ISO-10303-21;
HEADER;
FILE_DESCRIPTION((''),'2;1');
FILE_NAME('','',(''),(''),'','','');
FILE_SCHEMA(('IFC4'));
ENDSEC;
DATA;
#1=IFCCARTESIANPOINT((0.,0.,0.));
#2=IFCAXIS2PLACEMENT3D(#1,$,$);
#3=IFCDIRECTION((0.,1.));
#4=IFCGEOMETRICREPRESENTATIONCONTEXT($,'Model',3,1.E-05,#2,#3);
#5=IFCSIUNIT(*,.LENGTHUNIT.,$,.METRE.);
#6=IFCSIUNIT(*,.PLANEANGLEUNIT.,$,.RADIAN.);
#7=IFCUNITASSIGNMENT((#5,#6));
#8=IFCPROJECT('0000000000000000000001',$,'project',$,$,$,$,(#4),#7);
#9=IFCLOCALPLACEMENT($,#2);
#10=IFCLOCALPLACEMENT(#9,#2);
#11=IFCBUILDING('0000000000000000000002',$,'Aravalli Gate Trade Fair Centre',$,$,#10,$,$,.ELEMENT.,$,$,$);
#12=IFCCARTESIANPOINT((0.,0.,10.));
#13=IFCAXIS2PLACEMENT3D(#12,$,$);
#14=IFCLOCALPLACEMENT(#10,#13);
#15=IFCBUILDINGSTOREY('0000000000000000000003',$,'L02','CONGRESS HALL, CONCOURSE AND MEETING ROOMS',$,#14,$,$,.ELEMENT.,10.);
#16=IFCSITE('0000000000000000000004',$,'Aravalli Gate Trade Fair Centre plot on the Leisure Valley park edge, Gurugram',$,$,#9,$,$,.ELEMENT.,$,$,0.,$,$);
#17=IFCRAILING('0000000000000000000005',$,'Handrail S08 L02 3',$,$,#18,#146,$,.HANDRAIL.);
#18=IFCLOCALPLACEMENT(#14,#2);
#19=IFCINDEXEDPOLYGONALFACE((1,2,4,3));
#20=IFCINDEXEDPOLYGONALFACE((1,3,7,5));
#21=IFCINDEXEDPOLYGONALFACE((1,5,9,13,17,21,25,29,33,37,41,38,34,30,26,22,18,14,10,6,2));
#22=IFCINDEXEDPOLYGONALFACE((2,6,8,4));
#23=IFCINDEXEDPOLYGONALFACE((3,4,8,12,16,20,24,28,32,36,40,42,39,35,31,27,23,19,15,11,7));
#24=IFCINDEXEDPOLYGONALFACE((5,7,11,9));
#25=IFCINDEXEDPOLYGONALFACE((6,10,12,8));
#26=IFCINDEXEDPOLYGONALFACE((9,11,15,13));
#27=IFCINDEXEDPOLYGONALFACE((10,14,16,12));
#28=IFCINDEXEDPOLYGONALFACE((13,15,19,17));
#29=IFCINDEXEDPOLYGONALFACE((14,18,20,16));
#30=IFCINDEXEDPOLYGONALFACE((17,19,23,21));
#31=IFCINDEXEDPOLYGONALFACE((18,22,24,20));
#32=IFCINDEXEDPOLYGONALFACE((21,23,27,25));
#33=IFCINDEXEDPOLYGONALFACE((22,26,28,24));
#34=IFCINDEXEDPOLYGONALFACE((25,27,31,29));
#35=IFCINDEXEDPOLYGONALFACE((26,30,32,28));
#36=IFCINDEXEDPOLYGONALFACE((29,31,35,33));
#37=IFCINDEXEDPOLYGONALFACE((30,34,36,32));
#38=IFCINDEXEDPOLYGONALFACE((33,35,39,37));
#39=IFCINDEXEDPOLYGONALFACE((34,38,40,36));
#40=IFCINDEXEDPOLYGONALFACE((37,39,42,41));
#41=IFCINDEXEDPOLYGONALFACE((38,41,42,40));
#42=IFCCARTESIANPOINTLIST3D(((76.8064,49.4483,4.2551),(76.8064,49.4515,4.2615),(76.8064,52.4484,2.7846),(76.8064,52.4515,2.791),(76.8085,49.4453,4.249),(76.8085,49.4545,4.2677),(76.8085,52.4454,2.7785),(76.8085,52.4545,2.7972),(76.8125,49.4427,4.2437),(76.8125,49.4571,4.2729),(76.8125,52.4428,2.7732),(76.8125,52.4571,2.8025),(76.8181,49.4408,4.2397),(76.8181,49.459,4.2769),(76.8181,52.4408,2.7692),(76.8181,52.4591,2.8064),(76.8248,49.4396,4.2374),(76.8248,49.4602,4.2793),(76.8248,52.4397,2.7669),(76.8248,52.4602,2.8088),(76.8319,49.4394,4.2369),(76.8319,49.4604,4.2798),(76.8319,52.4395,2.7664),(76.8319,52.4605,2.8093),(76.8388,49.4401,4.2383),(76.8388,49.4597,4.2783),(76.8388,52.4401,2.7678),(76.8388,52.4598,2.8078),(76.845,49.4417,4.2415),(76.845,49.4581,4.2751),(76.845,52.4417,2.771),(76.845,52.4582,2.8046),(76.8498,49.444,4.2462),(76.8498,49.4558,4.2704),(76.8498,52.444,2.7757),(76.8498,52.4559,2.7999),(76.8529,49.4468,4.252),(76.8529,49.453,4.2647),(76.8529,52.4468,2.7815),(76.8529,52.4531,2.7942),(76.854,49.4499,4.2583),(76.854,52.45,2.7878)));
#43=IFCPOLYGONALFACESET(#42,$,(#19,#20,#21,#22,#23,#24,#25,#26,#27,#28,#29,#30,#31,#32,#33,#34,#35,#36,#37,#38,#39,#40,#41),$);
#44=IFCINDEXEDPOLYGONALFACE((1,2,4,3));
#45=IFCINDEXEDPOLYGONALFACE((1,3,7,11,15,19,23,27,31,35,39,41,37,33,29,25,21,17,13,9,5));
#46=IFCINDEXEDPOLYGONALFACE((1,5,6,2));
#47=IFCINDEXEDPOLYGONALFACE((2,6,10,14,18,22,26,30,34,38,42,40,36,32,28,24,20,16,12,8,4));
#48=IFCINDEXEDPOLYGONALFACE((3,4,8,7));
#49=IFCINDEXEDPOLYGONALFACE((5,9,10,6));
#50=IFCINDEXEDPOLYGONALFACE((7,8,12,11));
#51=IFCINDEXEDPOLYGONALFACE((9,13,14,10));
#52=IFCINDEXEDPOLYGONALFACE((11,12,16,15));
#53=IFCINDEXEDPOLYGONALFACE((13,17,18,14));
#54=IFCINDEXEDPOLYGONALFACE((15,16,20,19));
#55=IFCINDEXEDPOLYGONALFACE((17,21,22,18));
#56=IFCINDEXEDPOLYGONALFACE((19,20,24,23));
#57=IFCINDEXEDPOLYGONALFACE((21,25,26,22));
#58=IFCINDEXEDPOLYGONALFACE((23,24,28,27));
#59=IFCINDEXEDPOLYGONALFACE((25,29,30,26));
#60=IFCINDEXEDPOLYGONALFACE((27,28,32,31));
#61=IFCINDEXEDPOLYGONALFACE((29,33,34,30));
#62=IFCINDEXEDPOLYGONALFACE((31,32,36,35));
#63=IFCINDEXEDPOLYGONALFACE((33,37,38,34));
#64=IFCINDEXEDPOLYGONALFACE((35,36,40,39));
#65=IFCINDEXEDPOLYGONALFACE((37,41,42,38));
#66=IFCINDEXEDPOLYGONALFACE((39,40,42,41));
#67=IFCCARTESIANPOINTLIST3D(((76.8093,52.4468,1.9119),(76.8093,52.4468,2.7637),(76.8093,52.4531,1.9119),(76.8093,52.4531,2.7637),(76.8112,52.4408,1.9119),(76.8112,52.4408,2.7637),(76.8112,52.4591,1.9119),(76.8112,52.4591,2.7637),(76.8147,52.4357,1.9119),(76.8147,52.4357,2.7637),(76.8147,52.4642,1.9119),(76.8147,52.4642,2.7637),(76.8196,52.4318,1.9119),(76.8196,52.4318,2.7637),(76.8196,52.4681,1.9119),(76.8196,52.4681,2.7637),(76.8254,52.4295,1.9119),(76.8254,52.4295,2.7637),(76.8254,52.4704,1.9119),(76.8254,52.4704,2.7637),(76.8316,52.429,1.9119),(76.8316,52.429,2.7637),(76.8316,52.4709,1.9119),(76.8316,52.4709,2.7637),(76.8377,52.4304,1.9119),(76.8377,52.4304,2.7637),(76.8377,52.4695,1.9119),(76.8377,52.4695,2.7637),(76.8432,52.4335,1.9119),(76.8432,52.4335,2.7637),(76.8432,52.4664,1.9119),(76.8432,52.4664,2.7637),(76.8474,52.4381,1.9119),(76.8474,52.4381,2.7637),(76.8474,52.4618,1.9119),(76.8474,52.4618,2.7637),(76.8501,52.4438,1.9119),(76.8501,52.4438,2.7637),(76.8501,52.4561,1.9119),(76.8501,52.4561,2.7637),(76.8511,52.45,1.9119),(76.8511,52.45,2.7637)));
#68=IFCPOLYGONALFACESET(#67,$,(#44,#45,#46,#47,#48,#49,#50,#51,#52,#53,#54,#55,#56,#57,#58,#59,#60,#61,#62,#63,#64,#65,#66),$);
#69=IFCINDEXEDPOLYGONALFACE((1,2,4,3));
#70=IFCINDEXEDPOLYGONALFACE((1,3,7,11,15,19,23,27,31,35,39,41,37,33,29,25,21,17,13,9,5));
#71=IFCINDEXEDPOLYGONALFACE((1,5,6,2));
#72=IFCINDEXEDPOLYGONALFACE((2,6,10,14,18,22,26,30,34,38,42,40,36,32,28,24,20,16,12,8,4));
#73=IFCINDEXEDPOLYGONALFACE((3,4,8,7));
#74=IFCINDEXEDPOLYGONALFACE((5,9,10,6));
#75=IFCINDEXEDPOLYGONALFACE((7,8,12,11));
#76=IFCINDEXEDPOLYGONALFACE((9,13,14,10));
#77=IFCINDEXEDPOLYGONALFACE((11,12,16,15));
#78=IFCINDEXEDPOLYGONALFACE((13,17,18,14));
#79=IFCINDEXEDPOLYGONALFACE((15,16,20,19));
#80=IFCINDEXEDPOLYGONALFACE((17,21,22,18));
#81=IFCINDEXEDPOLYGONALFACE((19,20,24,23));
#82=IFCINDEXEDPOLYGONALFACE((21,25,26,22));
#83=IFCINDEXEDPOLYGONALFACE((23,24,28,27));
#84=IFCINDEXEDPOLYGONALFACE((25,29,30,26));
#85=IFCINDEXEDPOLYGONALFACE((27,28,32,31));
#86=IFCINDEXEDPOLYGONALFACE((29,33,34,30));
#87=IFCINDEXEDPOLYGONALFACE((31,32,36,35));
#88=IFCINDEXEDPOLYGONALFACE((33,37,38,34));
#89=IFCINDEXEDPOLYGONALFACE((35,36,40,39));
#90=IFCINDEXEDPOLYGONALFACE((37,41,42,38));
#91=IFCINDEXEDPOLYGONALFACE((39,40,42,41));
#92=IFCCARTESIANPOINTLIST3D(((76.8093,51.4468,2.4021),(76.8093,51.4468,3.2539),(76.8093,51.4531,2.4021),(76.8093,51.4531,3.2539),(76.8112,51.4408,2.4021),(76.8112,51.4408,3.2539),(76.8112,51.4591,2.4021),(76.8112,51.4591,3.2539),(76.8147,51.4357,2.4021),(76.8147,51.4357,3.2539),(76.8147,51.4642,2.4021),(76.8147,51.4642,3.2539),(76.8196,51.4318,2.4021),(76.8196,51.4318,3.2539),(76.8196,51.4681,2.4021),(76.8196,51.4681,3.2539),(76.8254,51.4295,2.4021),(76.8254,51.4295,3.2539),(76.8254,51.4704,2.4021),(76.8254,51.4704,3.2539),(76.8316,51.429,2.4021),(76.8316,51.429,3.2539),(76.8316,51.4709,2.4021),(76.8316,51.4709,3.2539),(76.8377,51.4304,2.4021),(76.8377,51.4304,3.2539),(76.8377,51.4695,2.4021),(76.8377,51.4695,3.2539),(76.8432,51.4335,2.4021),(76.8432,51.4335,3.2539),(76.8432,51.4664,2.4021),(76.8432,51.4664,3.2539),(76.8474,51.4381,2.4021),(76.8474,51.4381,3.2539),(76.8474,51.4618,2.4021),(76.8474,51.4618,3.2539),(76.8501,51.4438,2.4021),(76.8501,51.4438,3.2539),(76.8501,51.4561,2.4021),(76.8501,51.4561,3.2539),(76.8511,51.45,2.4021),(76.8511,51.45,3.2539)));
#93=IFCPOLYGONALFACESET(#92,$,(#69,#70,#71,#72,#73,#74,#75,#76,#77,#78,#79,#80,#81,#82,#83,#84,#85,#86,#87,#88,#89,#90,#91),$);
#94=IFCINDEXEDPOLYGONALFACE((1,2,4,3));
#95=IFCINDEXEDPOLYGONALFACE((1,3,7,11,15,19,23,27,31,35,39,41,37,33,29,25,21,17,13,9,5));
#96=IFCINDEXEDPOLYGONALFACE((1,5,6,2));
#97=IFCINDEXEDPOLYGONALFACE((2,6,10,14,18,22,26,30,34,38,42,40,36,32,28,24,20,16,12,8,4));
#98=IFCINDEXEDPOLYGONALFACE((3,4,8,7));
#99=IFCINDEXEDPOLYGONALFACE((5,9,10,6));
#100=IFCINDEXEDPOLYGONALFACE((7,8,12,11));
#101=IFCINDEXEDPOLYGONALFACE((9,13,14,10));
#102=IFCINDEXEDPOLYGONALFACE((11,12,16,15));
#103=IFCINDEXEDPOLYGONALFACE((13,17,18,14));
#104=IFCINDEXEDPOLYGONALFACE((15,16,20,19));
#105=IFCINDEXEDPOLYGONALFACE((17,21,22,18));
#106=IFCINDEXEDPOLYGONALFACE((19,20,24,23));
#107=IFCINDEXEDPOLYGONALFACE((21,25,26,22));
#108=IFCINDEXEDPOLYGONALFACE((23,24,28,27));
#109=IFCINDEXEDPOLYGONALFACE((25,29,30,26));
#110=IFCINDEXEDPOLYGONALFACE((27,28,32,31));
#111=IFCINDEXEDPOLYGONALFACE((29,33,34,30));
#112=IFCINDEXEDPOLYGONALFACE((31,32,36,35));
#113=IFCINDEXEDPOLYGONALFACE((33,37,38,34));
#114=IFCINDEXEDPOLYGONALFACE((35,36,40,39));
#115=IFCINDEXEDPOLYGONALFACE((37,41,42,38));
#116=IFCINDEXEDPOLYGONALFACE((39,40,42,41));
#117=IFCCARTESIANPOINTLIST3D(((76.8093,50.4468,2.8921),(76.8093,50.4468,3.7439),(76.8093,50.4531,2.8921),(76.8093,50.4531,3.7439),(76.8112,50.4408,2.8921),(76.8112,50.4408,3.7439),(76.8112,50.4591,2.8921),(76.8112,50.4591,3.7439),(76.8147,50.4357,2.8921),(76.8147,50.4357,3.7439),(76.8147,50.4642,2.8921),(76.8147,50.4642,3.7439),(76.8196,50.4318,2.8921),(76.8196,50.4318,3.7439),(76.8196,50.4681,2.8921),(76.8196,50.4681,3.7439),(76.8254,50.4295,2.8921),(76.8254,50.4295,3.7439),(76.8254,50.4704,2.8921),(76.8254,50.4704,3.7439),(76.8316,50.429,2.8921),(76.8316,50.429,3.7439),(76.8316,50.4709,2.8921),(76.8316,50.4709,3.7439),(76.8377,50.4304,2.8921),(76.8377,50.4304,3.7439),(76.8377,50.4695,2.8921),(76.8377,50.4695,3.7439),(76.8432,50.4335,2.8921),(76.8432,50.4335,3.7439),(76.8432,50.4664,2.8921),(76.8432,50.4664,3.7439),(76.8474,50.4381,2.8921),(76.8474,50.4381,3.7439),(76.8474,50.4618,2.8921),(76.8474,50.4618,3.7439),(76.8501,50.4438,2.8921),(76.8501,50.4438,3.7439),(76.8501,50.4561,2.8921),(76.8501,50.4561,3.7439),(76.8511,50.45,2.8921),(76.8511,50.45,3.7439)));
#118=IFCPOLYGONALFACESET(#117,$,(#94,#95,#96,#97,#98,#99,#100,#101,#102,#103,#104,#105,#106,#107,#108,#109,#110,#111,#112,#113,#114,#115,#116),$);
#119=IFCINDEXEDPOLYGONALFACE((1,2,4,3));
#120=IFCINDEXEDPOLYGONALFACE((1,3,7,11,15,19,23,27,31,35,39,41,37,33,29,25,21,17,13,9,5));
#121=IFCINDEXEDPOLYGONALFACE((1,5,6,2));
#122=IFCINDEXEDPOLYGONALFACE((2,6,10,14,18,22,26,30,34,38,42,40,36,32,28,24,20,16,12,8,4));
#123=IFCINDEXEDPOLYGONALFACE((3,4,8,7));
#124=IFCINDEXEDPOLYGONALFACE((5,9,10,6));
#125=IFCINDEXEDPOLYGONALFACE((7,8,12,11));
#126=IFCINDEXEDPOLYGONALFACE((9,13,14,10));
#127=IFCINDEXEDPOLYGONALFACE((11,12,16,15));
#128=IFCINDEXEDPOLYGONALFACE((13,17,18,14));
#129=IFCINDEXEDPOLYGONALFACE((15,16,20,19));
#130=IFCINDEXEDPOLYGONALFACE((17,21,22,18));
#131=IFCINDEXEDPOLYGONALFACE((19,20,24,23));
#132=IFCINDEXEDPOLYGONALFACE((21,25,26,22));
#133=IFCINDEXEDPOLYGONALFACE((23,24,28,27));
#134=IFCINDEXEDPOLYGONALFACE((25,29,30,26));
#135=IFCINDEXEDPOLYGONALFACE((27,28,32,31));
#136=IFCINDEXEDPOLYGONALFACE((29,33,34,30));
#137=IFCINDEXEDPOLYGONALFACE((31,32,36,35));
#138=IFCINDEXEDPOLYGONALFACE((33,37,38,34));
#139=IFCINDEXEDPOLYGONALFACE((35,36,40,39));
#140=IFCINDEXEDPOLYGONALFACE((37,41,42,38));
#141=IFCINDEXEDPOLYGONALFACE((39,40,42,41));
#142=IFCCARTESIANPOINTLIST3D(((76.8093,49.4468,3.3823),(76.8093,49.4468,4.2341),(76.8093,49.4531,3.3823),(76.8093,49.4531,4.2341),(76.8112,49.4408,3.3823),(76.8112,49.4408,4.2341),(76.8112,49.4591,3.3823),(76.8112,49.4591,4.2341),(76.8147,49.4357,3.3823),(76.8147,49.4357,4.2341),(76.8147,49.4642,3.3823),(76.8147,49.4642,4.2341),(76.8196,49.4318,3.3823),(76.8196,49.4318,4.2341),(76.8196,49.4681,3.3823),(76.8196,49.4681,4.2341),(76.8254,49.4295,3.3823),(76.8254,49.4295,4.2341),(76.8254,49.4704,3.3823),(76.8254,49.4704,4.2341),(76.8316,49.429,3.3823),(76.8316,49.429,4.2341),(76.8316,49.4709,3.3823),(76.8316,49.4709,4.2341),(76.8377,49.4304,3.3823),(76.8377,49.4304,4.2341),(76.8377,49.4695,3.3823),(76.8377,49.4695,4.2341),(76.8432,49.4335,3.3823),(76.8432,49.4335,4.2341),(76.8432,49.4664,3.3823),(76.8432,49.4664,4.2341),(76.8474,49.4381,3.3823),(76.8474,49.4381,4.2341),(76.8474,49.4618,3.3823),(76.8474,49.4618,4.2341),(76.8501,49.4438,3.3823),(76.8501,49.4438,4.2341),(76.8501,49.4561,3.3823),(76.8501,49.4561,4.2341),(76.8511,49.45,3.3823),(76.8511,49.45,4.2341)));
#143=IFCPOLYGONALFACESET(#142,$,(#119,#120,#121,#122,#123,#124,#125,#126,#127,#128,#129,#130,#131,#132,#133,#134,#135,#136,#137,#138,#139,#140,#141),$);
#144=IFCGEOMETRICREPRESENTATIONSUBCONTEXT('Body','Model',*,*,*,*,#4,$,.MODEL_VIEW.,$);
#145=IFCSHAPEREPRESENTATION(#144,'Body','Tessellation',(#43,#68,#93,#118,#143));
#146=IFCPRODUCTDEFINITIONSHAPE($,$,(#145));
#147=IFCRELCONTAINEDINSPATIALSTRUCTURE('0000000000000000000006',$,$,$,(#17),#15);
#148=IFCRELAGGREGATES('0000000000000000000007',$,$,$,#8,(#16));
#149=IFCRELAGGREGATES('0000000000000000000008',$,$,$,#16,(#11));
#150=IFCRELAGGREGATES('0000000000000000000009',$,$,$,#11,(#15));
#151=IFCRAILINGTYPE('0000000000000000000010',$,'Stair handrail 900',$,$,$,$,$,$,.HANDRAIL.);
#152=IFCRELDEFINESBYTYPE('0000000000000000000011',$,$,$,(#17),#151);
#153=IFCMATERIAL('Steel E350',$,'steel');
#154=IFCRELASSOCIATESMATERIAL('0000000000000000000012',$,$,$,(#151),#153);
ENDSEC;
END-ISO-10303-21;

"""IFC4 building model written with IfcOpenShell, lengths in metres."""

from ifc_helpers import new_model, si_unit, direction, frame, origin, origin_2d, place, context, subcontext, project, spatial, circle, extrude, material, type_object, element, save


model = new_model("IFC4")

# Units and contexts
model_context = context("Model", 3, precision=1e-05, world=origin(), true_north=direction((0.0, 1.0)))
body_context = subcontext(model_context, "Body", "Model", "MODEL_VIEW")
ifc_project = project(units=[si_unit("LENGTHUNIT", "METRE"), si_unit("PLANEANGLEUNIT", "RADIAN")], contexts=[model_context])

# Site, building, storey
site_placement = place(None, origin())
site = spatial("IfcSite", under=ifc_project, at=site_placement, Name="Aravalli Gate Trade Fair Centre plot on the Leisure Valley park edge, Gurugram", CompositionType="ELEMENT", RefElevation=0.0)
building_placement = place(site_placement, origin())
building = spatial("IfcBuilding", under=site, at=building_placement, Name="Aravalli Gate Trade Fair Centre", CompositionType="ELEMENT")
storey_placement = place(building_placement, frame((0.0, 0.0, 10.0)))
storey = spatial("IfcBuildingStorey", under=building, at=storey_placement, Name="L02", Description="CONGRESS HALL, CONCOURSE AND MEETING ROOMS", CompositionType="ELEMENT", Elevation=10.0)

# Shared definitions
ifc_material_1 = material(Name="Steel E350", Category="steel")

# Railing
railing_type_1 = type_object("IfcRailingType", Name="Stair handrail 900", PredefinedType="HANDRAIL", material=ifc_material_1)
for number, where, name in (
    (1, (76.8301, 52.45, 1.9119), "Handrail S08 L02 3"),
):
    element("IfcRailing", number, at=place(storey_placement, frame(where)), inside=storey, type_object=railing_type_1, Name=name, PredefinedType="HANDRAIL", context=body_context, shape_type="SweptSolid", body=[
        extrude(circle(Radius=0.0239, at=origin_2d()), frame((0.0, 0.0, 0.876), z_axis=(0.0, -0.897936, 0.440126), x_axis=(1.0, 0.0, 0.0)), (0.0, 0.0, 1.0), 3.3411),
        extrude(circle(Radius=0.021, at=origin_2d()), origin(), (0.0, 0.0, 1.0), 0.8518),
        extrude(circle(Radius=0.021, at=origin_2d()), frame((0.0, -1.0, 0.4902)), (0.0, 0.0, 1.0), 0.8518),
        extrude(circle(Radius=0.021, at=origin_2d()), frame((0.0, -2.0, 0.9802)), (0.0, 0.0, 1.0), 0.8518),
        extrude(circle(Radius=0.021, at=origin_2d()), frame((0.0, -3.0, 1.4705)), (0.0, 0.0, 1.0), 0.8518),
    ])

save(model, "model.ifc")
